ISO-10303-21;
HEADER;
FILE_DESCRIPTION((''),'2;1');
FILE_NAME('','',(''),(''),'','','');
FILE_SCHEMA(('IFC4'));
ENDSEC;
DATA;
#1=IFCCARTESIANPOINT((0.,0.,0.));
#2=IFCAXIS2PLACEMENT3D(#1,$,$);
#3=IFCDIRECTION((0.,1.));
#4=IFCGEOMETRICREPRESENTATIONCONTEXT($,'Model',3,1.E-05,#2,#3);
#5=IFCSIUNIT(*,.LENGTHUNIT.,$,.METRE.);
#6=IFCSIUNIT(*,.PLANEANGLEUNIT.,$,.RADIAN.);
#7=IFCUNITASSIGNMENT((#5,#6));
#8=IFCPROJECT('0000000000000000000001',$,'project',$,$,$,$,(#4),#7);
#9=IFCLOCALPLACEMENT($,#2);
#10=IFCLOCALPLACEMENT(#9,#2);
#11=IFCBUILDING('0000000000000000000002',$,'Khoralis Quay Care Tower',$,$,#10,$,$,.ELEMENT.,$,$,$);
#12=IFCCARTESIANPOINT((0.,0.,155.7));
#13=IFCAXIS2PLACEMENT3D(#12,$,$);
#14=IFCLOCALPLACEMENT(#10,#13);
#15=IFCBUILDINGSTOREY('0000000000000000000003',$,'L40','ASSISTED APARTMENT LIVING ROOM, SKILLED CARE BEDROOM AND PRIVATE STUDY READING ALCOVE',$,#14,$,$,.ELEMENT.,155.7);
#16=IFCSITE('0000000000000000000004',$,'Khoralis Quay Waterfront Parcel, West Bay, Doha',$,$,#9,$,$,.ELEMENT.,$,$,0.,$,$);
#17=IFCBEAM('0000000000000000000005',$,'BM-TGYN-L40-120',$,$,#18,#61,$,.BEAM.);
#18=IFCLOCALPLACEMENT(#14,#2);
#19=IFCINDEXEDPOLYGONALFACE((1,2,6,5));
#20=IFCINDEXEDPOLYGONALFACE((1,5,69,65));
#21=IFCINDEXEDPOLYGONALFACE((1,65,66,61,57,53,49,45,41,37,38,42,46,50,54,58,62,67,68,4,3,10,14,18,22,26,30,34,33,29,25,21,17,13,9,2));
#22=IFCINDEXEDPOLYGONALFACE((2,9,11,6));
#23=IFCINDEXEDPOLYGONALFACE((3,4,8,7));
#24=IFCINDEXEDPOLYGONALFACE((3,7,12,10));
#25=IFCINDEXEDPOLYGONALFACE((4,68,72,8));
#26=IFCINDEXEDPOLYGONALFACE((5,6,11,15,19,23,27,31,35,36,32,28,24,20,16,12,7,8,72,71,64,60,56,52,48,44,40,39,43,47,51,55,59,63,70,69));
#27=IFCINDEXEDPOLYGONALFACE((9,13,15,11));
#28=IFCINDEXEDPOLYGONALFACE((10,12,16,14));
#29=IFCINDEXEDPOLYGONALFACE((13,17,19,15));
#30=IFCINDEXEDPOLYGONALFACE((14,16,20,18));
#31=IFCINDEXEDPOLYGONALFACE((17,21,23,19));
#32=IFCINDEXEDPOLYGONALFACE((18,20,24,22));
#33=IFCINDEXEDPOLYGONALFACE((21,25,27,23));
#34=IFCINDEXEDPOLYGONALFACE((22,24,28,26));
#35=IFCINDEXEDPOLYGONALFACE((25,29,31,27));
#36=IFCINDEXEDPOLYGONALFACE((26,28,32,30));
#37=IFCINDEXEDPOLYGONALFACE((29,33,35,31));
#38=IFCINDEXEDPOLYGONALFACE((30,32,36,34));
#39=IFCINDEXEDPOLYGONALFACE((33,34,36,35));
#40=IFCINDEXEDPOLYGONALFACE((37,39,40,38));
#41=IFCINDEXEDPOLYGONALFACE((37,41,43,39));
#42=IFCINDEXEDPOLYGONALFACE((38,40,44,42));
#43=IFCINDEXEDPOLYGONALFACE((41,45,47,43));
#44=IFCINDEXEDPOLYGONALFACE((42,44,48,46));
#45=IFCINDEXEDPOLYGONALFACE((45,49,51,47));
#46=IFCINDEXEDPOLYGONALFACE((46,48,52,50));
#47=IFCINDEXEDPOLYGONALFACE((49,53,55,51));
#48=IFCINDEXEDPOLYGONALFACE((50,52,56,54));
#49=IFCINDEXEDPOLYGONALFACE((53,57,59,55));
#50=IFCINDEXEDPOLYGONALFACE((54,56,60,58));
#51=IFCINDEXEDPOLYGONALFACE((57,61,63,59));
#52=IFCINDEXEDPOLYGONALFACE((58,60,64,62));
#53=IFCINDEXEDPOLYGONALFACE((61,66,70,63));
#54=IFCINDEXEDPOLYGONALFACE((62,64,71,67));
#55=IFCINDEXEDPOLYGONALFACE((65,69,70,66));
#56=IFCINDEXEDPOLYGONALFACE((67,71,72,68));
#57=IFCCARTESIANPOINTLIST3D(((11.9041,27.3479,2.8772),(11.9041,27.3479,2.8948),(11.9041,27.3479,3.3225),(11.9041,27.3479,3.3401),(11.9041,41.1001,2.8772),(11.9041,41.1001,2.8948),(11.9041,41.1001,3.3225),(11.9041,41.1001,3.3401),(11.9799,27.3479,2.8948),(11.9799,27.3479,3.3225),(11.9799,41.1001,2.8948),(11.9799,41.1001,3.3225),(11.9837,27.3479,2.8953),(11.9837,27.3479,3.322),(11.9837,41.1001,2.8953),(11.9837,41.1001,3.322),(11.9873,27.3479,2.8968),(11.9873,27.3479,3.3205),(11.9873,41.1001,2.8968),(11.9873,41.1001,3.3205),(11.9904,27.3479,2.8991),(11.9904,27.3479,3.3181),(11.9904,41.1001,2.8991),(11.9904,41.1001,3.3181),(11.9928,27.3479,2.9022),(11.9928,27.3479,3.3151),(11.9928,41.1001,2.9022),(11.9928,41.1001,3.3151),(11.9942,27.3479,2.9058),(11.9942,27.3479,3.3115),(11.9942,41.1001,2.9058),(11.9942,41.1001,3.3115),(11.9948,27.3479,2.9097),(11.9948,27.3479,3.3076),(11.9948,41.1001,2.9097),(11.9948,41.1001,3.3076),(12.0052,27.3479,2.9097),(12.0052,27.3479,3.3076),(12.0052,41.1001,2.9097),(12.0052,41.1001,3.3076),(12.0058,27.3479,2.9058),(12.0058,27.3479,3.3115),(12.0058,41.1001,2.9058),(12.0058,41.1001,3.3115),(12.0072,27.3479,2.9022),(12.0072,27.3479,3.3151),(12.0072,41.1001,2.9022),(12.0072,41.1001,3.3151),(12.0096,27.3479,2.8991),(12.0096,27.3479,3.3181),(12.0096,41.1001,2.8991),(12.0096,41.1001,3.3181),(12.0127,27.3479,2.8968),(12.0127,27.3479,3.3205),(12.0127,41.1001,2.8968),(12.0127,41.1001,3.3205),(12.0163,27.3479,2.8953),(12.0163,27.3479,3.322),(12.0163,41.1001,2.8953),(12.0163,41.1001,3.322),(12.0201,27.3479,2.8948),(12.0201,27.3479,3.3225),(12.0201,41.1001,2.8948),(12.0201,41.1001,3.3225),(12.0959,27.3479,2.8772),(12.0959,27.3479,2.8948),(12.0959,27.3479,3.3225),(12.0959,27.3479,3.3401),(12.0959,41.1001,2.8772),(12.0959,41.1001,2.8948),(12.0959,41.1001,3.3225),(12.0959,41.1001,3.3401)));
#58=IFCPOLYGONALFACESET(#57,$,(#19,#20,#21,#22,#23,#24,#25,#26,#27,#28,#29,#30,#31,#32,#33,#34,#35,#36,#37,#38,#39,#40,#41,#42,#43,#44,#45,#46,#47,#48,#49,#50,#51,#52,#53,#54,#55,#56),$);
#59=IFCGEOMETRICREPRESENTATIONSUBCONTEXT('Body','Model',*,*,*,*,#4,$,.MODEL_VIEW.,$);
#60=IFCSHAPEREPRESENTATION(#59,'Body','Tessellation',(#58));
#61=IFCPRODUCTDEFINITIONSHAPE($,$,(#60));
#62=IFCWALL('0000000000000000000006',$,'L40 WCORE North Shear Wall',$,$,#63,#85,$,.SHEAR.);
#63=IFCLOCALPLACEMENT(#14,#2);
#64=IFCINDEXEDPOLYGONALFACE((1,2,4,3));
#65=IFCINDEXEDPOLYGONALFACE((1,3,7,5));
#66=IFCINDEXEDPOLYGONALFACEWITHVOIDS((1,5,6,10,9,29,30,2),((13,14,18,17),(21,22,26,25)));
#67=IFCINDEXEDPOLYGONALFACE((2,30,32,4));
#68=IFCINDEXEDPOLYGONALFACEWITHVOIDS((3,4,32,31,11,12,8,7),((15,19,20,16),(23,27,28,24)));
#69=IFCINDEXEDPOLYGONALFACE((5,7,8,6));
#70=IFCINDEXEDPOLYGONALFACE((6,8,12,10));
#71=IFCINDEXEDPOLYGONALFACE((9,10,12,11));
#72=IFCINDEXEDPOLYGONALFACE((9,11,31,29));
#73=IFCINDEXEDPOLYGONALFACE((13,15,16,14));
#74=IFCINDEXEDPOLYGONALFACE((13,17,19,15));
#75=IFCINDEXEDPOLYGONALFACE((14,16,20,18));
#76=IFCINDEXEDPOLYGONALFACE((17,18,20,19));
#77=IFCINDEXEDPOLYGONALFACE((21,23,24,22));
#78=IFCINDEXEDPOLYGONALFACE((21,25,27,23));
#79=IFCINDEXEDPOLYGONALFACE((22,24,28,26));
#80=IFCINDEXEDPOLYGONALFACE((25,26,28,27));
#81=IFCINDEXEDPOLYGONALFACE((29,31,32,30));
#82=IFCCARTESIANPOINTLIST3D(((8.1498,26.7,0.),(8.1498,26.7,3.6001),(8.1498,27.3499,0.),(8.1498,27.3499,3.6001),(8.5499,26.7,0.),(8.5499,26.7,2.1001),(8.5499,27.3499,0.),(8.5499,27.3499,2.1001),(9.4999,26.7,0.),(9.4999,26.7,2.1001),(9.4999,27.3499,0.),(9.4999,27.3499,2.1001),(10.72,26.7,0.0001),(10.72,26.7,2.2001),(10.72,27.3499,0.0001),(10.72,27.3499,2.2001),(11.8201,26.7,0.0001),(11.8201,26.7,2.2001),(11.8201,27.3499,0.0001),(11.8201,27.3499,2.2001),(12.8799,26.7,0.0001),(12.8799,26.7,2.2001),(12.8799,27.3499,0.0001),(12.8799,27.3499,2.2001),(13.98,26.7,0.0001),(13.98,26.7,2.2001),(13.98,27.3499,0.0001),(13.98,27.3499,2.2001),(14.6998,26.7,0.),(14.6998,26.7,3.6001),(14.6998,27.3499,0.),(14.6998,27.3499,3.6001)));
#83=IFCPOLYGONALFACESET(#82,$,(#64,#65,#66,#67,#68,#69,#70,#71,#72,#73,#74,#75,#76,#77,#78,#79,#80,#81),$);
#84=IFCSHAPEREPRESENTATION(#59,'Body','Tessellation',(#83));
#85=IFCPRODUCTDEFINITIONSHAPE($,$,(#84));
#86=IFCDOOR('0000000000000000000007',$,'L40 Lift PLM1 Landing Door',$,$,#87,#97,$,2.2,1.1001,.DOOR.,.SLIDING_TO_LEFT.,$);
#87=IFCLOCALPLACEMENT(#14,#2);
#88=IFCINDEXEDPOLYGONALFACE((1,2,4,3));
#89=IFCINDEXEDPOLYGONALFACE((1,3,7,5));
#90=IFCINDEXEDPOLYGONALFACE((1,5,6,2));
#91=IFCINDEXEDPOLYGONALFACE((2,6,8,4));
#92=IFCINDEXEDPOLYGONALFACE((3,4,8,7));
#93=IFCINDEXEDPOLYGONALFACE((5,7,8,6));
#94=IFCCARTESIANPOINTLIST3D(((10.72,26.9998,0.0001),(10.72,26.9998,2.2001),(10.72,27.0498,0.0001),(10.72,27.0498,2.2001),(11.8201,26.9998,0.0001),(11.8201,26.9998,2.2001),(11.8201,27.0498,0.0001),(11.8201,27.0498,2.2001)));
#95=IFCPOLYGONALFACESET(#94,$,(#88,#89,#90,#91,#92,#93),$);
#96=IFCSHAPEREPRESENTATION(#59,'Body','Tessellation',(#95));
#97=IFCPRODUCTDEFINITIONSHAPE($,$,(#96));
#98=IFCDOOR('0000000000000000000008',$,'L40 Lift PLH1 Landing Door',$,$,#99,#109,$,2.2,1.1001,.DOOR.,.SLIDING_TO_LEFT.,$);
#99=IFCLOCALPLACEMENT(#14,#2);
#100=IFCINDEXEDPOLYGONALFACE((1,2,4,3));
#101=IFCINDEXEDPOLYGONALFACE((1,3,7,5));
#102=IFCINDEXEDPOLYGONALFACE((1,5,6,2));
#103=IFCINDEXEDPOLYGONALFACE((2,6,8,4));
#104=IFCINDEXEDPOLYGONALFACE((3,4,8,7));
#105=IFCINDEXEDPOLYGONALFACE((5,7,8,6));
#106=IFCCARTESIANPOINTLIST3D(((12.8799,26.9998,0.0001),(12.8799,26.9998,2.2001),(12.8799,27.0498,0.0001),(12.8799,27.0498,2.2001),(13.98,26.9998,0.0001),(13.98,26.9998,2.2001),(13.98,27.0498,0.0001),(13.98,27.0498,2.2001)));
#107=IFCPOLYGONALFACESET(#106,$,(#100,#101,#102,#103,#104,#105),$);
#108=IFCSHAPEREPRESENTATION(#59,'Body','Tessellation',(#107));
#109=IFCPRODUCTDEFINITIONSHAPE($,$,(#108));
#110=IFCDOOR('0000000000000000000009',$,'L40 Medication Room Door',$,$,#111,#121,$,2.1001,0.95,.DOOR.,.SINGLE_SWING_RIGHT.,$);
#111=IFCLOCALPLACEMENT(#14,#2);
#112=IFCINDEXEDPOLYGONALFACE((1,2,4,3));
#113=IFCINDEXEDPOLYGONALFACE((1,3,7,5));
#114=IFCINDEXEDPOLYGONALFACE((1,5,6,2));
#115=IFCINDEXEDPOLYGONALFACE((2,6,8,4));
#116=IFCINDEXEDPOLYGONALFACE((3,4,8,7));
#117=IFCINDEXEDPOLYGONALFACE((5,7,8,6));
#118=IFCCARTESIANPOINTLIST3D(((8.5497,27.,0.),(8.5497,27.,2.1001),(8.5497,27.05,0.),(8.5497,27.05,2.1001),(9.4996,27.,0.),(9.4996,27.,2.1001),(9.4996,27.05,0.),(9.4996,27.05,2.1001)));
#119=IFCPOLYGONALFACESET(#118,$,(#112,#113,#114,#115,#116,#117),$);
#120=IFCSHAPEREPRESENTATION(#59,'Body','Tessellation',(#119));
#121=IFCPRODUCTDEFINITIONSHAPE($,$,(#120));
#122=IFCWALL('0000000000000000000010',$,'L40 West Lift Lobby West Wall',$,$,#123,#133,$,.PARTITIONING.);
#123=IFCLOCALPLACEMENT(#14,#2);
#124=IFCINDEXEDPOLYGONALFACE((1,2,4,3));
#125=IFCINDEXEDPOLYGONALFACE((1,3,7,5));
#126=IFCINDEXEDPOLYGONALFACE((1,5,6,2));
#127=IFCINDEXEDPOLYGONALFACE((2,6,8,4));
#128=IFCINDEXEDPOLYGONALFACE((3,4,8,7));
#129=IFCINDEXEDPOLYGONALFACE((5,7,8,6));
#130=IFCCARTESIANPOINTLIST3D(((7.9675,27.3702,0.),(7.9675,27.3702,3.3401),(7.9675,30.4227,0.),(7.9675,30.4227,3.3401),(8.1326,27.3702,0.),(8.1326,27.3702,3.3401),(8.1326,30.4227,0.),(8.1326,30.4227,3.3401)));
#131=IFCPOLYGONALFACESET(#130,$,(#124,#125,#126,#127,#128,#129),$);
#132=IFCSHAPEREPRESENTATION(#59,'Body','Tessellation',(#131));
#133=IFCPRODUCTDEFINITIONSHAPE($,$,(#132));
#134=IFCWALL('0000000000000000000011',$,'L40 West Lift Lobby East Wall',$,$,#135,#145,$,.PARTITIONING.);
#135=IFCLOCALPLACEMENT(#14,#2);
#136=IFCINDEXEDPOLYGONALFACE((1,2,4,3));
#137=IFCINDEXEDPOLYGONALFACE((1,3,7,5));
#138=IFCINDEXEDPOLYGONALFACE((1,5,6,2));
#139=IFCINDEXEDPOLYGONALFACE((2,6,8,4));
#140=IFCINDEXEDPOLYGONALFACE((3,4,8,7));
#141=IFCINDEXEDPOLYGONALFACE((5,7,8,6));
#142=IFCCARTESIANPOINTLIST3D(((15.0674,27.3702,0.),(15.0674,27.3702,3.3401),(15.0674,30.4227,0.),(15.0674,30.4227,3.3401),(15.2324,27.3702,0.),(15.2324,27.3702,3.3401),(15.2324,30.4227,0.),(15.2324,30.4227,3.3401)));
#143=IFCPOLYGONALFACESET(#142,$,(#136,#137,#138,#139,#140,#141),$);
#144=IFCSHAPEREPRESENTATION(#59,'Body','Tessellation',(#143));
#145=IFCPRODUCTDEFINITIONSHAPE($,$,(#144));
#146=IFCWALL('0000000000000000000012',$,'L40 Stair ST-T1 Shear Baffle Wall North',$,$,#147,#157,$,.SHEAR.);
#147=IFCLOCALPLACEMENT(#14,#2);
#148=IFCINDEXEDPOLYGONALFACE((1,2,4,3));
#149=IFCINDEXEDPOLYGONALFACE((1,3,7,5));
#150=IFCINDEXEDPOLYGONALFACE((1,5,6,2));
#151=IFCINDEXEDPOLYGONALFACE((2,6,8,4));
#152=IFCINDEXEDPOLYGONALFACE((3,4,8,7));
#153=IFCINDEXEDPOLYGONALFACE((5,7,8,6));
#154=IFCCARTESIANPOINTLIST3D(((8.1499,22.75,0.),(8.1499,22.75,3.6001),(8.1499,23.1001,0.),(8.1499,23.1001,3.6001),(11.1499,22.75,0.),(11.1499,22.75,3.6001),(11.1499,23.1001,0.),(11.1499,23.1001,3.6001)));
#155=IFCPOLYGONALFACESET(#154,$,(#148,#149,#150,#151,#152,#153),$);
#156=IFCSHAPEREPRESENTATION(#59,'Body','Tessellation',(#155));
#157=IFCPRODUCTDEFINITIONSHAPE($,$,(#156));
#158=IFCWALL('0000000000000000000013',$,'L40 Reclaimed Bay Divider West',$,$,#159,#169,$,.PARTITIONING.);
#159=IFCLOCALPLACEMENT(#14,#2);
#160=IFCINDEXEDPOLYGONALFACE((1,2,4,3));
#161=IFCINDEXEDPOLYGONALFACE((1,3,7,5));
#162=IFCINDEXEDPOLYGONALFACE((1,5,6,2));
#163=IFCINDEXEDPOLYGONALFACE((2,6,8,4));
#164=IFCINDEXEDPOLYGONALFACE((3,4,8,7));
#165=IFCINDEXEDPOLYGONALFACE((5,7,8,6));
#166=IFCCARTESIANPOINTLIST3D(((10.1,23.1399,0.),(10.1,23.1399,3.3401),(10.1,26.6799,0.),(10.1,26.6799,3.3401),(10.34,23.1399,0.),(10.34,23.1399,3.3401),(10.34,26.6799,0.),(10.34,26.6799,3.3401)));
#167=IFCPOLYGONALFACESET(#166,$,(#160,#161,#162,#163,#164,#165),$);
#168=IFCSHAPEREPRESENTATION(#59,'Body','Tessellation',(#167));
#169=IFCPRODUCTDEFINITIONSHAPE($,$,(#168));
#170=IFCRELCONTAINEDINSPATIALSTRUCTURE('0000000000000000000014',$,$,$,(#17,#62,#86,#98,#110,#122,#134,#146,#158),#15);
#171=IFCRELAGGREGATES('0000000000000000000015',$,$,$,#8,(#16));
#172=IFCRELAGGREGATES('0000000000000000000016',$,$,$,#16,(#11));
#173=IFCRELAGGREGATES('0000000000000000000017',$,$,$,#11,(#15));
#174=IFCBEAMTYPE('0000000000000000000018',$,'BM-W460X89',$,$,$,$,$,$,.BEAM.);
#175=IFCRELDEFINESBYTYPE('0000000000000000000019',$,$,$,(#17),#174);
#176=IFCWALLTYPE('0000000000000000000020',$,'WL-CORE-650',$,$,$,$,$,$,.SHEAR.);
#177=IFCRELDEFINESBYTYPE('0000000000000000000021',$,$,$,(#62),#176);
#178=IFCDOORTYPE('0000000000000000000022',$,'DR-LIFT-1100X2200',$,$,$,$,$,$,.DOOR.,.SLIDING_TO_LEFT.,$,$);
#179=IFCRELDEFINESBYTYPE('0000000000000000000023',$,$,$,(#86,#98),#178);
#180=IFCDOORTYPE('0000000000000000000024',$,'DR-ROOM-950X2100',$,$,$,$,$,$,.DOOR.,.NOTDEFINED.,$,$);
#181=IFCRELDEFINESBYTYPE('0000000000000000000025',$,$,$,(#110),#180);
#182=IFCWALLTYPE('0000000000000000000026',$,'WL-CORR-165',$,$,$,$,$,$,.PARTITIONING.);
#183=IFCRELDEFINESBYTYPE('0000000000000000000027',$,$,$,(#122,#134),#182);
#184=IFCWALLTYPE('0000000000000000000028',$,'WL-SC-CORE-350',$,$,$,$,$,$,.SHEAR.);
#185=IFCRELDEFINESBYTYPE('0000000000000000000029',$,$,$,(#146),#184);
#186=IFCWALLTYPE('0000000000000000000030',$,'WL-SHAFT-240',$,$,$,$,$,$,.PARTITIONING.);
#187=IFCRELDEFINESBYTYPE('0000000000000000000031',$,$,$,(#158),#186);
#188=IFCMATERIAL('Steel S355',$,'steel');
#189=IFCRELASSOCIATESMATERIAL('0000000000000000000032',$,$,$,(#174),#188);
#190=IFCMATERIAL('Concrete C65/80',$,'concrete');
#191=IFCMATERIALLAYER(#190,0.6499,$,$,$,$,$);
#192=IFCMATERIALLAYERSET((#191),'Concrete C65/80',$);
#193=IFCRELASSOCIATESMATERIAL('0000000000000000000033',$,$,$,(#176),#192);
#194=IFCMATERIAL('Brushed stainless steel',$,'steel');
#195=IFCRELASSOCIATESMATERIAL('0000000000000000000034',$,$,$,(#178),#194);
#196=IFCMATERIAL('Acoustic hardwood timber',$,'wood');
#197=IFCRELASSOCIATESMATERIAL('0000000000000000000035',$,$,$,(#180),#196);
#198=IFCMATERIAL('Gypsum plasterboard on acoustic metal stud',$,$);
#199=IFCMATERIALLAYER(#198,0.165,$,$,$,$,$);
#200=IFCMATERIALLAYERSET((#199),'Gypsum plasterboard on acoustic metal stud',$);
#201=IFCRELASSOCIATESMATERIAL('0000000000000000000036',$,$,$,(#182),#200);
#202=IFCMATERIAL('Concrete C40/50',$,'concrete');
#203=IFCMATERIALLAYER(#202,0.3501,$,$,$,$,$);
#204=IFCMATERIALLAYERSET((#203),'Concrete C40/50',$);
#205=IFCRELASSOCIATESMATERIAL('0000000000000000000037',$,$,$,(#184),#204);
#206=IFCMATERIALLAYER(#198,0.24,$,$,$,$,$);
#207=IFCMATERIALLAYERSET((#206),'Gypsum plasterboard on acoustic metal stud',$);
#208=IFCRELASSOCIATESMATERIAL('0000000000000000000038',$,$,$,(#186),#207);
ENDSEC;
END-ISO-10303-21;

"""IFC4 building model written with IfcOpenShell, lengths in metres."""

from ifc_helpers import new_model, si_unit, direction, frame, frame_2d, origin, origin_2d, place, context, subcontext, project, spatial, rectangle, i_section, extrude, source, transform, mapped, material, layer, layer_set, material_profile, profile_set, type_object, element, fill, save


model = new_model("IFC4")

# Units and contexts
model_context = context("Model", 3, precision=1e-05, world=origin(), true_north=direction((0.0, 1.0)))
body_context = subcontext(model_context, "Body", "Model", "MODEL_VIEW")
ifc_project = project(units=[si_unit("LENGTHUNIT", "METRE"), si_unit("PLANEANGLEUNIT", "RADIAN")], contexts=[model_context])

# Site, building, storey
site_placement = place(None, origin())
site = spatial("IfcSite", under=ifc_project, at=site_placement, Name="Khoralis Quay Waterfront Parcel, West Bay, Doha", CompositionType="ELEMENT", RefElevation=0.0)
building_placement = place(site_placement, origin())
building = spatial("IfcBuilding", under=site, at=building_placement, Name="Khoralis Quay Care Tower", CompositionType="ELEMENT")
storey_placement = place(building_placement, frame((0.0, 0.0, 155.7)))
storey = spatial("IfcBuildingStorey", under=building, at=storey_placement, Name="L40", Description="ASSISTED APARTMENT LIVING ROOM, SKILLED CARE BEDROOM AND PRIVATE STUDY READING ALCOVE", CompositionType="ELEMENT", Elevation=155.7)

# Beam
ifc_material_1 = material(Name="Concrete C65/80", Category="concrete")
ifc_material_2 = material(Name="Steel S355", Category="steel")
ifc_material_profile_1 = material_profile(ifc_material_2, i_section(OverallWidth=0.1919, OverallDepth=0.4629, WebThickness=0.0105, FlangeThickness=0.0176, FilletRadius=0.0149, at=origin_2d()), Name="Steel S355")
ifc_profile_set_1 = profile_set([ifc_material_profile_1], Name="Steel S355")
beam_type_1 = type_object("IfcBeamType", Name="BM-W460X89", PredefinedType="BEAM", material=ifc_profile_set_1)
shared_shape_1 = source(origin(), body_context, "Body", "SweptSolid", [
    extrude(i_section(OverallWidth=0.1919, OverallDepth=0.4629, WebThickness=0.0105, FlangeThickness=0.0176, FilletRadius=0.0149, at=origin_2d()), origin(), (0.0, 0.0, 1.0), 13.7522),
])
beam_1_placement = place(storey_placement, frame((12.0, 27.3479, 3.1086), z_axis=(0.0, 1.0, 0.0), x_axis=(-1.0, 0.0, 0.0)))
element("IfcBeam", 1, at=beam_1_placement, inside=storey, type_object=beam_type_1, Name="BM-TGYN-L40-120", PredefinedType="BEAM", context=body_context, shape_type="MappedRepresentation", body=[
    mapped(shared_shape_1, transform((0.0, 0.0, 0.0), scale=1.0)),
])

# Wall, openings, doors
ifc_layer_1 = layer(ifc_material_1, 0.6499)
ifc_layer_set_1 = layer_set([ifc_layer_1], Name="Concrete C65/80")
wall_type_1 = type_object("IfcWallType", Name="WL-CORE-650", PredefinedType="SHEAR", material=ifc_layer_set_1)
wall_1_placement = place(storey_placement, frame((8.1499, 27.0249, 0.0), z_axis=(0.0, 0.0, 1.0), x_axis=(1.0, 0.0, 0.0)))
wall_1 = element("IfcWall", 2, at=wall_1_placement, inside=storey, type_object=wall_type_1, Name="L40 WCORE North Shear Wall", PredefinedType="SHEAR", context=body_context, shape_type="SweptSolid", body=[
    extrude(rectangle(XDim=6.55, YDim=0.6499, at=frame_2d((3.2749, 0.0))), origin(), (0.0, 0.0, 1.0), 3.6001),
])
opening_1_placement = place(wall_1_placement, frame((0.3999, 0.0, 0.0)))
opening_1 = element("IfcOpeningElement", 3, at=opening_1_placement, cuts=wall_1, PredefinedType="OPENING", context=body_context, shape_type="SweptSolid", body=[
    extrude(rectangle(XDim=0.95, YDim=2.1001, at=frame_2d((0.4751, 1.05))), frame((0.0, 0.335, 0.0), z_axis=(0.0, -1.0, 0.0), x_axis=(1.0, 0.0, 0.0)), (0.0, 0.0, 1.0), 0.6699),
])
opening_2_placement = place(wall_1_placement, frame((2.5701, 0.0, 0.0)))
opening_2 = element("IfcOpeningElement", 4, at=opening_2_placement, cuts=wall_1, PredefinedType="OPENING", context=body_context, shape_type="SweptSolid", body=[
    extrude(rectangle(XDim=1.1001, YDim=2.2, at=frame_2d((0.55, 1.1001))), frame((0.0, 0.335, 0.0), z_axis=(0.0, -1.0, 0.0), x_axis=(1.0, 0.0, 0.0)), (0.0, 0.0, 1.0), 0.6699),
])
opening_3_placement = place(wall_1_placement, frame((4.73, 0.0, 0.0)))
opening_3 = element("IfcOpeningElement", 5, at=opening_3_placement, cuts=wall_1, PredefinedType="OPENING", context=body_context, shape_type="SweptSolid", body=[
    extrude(rectangle(XDim=1.1001, YDim=2.2, at=frame_2d((0.55, 1.1001))), frame((0.0, 0.335, 0.0), z_axis=(0.0, -1.0, 0.0), x_axis=(1.0, 0.0, 0.0)), (0.0, 0.0, 1.0), 0.6699),
])
ifc_material_3 = material(Name="Brushed stainless steel", Category="steel")
door_type_1 = type_object("IfcDoorType", Name="DR-LIFT-1100X2200", OperationType="SLIDING_TO_LEFT", PredefinedType="DOOR", material=ifc_material_3)
shared_shape_2 = source(origin(), body_context, "Body", "SweptSolid", [
    extrude(rectangle(XDim=1.1001, YDim=2.2, at=frame_2d((0.55, 1.1001))), frame((0.0, 0.0249, 0.0), z_axis=(0.0, -1.0, 0.0), x_axis=(1.0, 0.0, 0.0)), (0.0, 0.0, 1.0), 0.05),
])
door_1_placement = place(opening_2_placement, origin())
door_1 = element("IfcDoor", 6, at=door_1_placement, inside=storey, type_object=door_type_1, Name="L40 Lift PLM1 Landing Door", OperationType="SLIDING_TO_LEFT", OverallHeight=2.2, OverallWidth=1.1001, PredefinedType="DOOR", context=body_context, shape_type="MappedRepresentation", body=[
    mapped(shared_shape_2, transform((0.0, 0.0, 0.0), scale=1.0)),
])
fill(opening_2, door_1)
door_2_placement = place(opening_3_placement, origin())
door_2 = element("IfcDoor", 7, at=door_2_placement, inside=storey, type_object=door_type_1, Name="L40 Lift PLH1 Landing Door", OperationType="SLIDING_TO_LEFT", OverallHeight=2.2, OverallWidth=1.1001, PredefinedType="DOOR", context=body_context, shape_type="MappedRepresentation", body=[
    mapped(shared_shape_2, transform((0.0, 0.0, 0.0), scale=1.0)),
])
fill(opening_3, door_2)
ifc_material_4 = material(Name="Acoustic hardwood timber", Category="wood")
door_type_2 = type_object("IfcDoorType", Name="DR-ROOM-950X2100", OperationType="NOTDEFINED", PredefinedType="DOOR", material=ifc_material_4)
shared_shape_3 = source(origin(), body_context, "Body", "SweptSolid", [
    extrude(rectangle(XDim=0.95, YDim=2.1001, at=frame_2d((0.4751, 1.05))), frame((0.0, 0.0249, 0.0), z_axis=(0.0, -1.0, 0.0), x_axis=(1.0, 0.0, 0.0)), (0.0, 0.0, 1.0), 0.05),
])
door_3_placement = place(opening_1_placement, frame((0.95, 0.0, 0.0), z_axis=(0.0, 0.0, 1.0), x_axis=(-1.0, 0.0, 0.0)))
door_3 = element("IfcDoor", 8, at=door_3_placement, inside=storey, type_object=door_type_2, Name="L40 Medication Room Door", OperationType="SINGLE_SWING_RIGHT", OverallHeight=2.1001, OverallWidth=0.95, PredefinedType="DOOR", context=body_context, shape_type="MappedRepresentation", body=[
    mapped(shared_shape_3, transform((0.0, 0.0, 0.0), scale=1.0)),
])
fill(opening_1, door_3)

# Walls
ifc_material_5 = material(Name="Gypsum plasterboard on acoustic metal stud")
ifc_layer_2 = layer(ifc_material_5, 0.165)
ifc_layer_set_2 = layer_set([ifc_layer_2], Name="Gypsum plasterboard on acoustic metal stud")
wall_type_2 = type_object("IfcWallType", Name="WL-CORR-165", PredefinedType="PARTITIONING", material=ifc_layer_set_2)
for number, where, z_axis, x_axis, name in (
    (9, (8.05, 27.3701, 0.0), (0.0, 0.0, 1.0), (0.0, 1.0, 0.0), "L40 West Lift Lobby West Wall"),
    (10, (15.1499, 27.3701, 0.0), (0.0, 0.0, 1.0), (0.0, 1.0, 0.0), "L40 West Lift Lobby East Wall"),
):
    element("IfcWall", number, at=place(storey_placement, frame(where, z_axis=z_axis, x_axis=x_axis)), inside=storey, type_object=wall_type_2, Name=name, PredefinedType="PARTITIONING", context=body_context, shape_type="SweptSolid", body=[
        extrude(rectangle(XDim=3.0525, YDim=0.165, at=frame_2d((1.5264, 0.0))), origin(), (0.0, 0.0, 1.0), 3.3401),
    ])
ifc_material_6 = material(Name="Concrete C40/50", Category="concrete")
ifc_layer_3 = layer(ifc_material_6, 0.3501)
ifc_layer_set_3 = layer_set([ifc_layer_3], Name="Concrete C40/50")
wall_type_3 = type_object("IfcWallType", Name="WL-SC-CORE-350", PredefinedType="SHEAR", material=ifc_layer_set_3)
wall_2_placement = place(storey_placement, frame((8.1499, 22.925, 0.0), z_axis=(0.0, 0.0, 1.0), x_axis=(1.0, 0.0, 0.0)))
element("IfcWall", 11, at=wall_2_placement, inside=storey, type_object=wall_type_3, Name="L40 Stair ST-T1 Shear Baffle Wall North", PredefinedType="SHEAR", context=body_context, shape_type="SweptSolid", body=[
    extrude(rectangle(XDim=3.0, YDim=0.3501, at=frame_2d((1.5, 0.0))), origin(), (0.0, 0.0, 1.0), 3.6001),
])
ifc_layer_4 = layer(ifc_material_5, 0.24)
ifc_layer_set_4 = layer_set([ifc_layer_4], Name="Gypsum plasterboard on acoustic metal stud")
wall_type_4 = type_object("IfcWallType", Name="WL-SHAFT-240", PredefinedType="PARTITIONING", material=ifc_layer_set_4)
wall_3_placement = place(storey_placement, frame((10.22, 23.1399, 0.0), z_axis=(0.0, 0.0, 1.0), x_axis=(0.0, 1.0, 0.0)))
element("IfcWall", 12, at=wall_3_placement, inside=storey, type_object=wall_type_4, Name="L40 Reclaimed Bay Divider West", PredefinedType="PARTITIONING", context=body_context, shape_type="SweptSolid", body=[
    extrude(rectangle(XDim=3.54, YDim=0.24, at=frame_2d((1.77, 0.0))), origin(), (0.0, 0.0, 1.0), 3.3401),
])

save(model, "model.ifc")
